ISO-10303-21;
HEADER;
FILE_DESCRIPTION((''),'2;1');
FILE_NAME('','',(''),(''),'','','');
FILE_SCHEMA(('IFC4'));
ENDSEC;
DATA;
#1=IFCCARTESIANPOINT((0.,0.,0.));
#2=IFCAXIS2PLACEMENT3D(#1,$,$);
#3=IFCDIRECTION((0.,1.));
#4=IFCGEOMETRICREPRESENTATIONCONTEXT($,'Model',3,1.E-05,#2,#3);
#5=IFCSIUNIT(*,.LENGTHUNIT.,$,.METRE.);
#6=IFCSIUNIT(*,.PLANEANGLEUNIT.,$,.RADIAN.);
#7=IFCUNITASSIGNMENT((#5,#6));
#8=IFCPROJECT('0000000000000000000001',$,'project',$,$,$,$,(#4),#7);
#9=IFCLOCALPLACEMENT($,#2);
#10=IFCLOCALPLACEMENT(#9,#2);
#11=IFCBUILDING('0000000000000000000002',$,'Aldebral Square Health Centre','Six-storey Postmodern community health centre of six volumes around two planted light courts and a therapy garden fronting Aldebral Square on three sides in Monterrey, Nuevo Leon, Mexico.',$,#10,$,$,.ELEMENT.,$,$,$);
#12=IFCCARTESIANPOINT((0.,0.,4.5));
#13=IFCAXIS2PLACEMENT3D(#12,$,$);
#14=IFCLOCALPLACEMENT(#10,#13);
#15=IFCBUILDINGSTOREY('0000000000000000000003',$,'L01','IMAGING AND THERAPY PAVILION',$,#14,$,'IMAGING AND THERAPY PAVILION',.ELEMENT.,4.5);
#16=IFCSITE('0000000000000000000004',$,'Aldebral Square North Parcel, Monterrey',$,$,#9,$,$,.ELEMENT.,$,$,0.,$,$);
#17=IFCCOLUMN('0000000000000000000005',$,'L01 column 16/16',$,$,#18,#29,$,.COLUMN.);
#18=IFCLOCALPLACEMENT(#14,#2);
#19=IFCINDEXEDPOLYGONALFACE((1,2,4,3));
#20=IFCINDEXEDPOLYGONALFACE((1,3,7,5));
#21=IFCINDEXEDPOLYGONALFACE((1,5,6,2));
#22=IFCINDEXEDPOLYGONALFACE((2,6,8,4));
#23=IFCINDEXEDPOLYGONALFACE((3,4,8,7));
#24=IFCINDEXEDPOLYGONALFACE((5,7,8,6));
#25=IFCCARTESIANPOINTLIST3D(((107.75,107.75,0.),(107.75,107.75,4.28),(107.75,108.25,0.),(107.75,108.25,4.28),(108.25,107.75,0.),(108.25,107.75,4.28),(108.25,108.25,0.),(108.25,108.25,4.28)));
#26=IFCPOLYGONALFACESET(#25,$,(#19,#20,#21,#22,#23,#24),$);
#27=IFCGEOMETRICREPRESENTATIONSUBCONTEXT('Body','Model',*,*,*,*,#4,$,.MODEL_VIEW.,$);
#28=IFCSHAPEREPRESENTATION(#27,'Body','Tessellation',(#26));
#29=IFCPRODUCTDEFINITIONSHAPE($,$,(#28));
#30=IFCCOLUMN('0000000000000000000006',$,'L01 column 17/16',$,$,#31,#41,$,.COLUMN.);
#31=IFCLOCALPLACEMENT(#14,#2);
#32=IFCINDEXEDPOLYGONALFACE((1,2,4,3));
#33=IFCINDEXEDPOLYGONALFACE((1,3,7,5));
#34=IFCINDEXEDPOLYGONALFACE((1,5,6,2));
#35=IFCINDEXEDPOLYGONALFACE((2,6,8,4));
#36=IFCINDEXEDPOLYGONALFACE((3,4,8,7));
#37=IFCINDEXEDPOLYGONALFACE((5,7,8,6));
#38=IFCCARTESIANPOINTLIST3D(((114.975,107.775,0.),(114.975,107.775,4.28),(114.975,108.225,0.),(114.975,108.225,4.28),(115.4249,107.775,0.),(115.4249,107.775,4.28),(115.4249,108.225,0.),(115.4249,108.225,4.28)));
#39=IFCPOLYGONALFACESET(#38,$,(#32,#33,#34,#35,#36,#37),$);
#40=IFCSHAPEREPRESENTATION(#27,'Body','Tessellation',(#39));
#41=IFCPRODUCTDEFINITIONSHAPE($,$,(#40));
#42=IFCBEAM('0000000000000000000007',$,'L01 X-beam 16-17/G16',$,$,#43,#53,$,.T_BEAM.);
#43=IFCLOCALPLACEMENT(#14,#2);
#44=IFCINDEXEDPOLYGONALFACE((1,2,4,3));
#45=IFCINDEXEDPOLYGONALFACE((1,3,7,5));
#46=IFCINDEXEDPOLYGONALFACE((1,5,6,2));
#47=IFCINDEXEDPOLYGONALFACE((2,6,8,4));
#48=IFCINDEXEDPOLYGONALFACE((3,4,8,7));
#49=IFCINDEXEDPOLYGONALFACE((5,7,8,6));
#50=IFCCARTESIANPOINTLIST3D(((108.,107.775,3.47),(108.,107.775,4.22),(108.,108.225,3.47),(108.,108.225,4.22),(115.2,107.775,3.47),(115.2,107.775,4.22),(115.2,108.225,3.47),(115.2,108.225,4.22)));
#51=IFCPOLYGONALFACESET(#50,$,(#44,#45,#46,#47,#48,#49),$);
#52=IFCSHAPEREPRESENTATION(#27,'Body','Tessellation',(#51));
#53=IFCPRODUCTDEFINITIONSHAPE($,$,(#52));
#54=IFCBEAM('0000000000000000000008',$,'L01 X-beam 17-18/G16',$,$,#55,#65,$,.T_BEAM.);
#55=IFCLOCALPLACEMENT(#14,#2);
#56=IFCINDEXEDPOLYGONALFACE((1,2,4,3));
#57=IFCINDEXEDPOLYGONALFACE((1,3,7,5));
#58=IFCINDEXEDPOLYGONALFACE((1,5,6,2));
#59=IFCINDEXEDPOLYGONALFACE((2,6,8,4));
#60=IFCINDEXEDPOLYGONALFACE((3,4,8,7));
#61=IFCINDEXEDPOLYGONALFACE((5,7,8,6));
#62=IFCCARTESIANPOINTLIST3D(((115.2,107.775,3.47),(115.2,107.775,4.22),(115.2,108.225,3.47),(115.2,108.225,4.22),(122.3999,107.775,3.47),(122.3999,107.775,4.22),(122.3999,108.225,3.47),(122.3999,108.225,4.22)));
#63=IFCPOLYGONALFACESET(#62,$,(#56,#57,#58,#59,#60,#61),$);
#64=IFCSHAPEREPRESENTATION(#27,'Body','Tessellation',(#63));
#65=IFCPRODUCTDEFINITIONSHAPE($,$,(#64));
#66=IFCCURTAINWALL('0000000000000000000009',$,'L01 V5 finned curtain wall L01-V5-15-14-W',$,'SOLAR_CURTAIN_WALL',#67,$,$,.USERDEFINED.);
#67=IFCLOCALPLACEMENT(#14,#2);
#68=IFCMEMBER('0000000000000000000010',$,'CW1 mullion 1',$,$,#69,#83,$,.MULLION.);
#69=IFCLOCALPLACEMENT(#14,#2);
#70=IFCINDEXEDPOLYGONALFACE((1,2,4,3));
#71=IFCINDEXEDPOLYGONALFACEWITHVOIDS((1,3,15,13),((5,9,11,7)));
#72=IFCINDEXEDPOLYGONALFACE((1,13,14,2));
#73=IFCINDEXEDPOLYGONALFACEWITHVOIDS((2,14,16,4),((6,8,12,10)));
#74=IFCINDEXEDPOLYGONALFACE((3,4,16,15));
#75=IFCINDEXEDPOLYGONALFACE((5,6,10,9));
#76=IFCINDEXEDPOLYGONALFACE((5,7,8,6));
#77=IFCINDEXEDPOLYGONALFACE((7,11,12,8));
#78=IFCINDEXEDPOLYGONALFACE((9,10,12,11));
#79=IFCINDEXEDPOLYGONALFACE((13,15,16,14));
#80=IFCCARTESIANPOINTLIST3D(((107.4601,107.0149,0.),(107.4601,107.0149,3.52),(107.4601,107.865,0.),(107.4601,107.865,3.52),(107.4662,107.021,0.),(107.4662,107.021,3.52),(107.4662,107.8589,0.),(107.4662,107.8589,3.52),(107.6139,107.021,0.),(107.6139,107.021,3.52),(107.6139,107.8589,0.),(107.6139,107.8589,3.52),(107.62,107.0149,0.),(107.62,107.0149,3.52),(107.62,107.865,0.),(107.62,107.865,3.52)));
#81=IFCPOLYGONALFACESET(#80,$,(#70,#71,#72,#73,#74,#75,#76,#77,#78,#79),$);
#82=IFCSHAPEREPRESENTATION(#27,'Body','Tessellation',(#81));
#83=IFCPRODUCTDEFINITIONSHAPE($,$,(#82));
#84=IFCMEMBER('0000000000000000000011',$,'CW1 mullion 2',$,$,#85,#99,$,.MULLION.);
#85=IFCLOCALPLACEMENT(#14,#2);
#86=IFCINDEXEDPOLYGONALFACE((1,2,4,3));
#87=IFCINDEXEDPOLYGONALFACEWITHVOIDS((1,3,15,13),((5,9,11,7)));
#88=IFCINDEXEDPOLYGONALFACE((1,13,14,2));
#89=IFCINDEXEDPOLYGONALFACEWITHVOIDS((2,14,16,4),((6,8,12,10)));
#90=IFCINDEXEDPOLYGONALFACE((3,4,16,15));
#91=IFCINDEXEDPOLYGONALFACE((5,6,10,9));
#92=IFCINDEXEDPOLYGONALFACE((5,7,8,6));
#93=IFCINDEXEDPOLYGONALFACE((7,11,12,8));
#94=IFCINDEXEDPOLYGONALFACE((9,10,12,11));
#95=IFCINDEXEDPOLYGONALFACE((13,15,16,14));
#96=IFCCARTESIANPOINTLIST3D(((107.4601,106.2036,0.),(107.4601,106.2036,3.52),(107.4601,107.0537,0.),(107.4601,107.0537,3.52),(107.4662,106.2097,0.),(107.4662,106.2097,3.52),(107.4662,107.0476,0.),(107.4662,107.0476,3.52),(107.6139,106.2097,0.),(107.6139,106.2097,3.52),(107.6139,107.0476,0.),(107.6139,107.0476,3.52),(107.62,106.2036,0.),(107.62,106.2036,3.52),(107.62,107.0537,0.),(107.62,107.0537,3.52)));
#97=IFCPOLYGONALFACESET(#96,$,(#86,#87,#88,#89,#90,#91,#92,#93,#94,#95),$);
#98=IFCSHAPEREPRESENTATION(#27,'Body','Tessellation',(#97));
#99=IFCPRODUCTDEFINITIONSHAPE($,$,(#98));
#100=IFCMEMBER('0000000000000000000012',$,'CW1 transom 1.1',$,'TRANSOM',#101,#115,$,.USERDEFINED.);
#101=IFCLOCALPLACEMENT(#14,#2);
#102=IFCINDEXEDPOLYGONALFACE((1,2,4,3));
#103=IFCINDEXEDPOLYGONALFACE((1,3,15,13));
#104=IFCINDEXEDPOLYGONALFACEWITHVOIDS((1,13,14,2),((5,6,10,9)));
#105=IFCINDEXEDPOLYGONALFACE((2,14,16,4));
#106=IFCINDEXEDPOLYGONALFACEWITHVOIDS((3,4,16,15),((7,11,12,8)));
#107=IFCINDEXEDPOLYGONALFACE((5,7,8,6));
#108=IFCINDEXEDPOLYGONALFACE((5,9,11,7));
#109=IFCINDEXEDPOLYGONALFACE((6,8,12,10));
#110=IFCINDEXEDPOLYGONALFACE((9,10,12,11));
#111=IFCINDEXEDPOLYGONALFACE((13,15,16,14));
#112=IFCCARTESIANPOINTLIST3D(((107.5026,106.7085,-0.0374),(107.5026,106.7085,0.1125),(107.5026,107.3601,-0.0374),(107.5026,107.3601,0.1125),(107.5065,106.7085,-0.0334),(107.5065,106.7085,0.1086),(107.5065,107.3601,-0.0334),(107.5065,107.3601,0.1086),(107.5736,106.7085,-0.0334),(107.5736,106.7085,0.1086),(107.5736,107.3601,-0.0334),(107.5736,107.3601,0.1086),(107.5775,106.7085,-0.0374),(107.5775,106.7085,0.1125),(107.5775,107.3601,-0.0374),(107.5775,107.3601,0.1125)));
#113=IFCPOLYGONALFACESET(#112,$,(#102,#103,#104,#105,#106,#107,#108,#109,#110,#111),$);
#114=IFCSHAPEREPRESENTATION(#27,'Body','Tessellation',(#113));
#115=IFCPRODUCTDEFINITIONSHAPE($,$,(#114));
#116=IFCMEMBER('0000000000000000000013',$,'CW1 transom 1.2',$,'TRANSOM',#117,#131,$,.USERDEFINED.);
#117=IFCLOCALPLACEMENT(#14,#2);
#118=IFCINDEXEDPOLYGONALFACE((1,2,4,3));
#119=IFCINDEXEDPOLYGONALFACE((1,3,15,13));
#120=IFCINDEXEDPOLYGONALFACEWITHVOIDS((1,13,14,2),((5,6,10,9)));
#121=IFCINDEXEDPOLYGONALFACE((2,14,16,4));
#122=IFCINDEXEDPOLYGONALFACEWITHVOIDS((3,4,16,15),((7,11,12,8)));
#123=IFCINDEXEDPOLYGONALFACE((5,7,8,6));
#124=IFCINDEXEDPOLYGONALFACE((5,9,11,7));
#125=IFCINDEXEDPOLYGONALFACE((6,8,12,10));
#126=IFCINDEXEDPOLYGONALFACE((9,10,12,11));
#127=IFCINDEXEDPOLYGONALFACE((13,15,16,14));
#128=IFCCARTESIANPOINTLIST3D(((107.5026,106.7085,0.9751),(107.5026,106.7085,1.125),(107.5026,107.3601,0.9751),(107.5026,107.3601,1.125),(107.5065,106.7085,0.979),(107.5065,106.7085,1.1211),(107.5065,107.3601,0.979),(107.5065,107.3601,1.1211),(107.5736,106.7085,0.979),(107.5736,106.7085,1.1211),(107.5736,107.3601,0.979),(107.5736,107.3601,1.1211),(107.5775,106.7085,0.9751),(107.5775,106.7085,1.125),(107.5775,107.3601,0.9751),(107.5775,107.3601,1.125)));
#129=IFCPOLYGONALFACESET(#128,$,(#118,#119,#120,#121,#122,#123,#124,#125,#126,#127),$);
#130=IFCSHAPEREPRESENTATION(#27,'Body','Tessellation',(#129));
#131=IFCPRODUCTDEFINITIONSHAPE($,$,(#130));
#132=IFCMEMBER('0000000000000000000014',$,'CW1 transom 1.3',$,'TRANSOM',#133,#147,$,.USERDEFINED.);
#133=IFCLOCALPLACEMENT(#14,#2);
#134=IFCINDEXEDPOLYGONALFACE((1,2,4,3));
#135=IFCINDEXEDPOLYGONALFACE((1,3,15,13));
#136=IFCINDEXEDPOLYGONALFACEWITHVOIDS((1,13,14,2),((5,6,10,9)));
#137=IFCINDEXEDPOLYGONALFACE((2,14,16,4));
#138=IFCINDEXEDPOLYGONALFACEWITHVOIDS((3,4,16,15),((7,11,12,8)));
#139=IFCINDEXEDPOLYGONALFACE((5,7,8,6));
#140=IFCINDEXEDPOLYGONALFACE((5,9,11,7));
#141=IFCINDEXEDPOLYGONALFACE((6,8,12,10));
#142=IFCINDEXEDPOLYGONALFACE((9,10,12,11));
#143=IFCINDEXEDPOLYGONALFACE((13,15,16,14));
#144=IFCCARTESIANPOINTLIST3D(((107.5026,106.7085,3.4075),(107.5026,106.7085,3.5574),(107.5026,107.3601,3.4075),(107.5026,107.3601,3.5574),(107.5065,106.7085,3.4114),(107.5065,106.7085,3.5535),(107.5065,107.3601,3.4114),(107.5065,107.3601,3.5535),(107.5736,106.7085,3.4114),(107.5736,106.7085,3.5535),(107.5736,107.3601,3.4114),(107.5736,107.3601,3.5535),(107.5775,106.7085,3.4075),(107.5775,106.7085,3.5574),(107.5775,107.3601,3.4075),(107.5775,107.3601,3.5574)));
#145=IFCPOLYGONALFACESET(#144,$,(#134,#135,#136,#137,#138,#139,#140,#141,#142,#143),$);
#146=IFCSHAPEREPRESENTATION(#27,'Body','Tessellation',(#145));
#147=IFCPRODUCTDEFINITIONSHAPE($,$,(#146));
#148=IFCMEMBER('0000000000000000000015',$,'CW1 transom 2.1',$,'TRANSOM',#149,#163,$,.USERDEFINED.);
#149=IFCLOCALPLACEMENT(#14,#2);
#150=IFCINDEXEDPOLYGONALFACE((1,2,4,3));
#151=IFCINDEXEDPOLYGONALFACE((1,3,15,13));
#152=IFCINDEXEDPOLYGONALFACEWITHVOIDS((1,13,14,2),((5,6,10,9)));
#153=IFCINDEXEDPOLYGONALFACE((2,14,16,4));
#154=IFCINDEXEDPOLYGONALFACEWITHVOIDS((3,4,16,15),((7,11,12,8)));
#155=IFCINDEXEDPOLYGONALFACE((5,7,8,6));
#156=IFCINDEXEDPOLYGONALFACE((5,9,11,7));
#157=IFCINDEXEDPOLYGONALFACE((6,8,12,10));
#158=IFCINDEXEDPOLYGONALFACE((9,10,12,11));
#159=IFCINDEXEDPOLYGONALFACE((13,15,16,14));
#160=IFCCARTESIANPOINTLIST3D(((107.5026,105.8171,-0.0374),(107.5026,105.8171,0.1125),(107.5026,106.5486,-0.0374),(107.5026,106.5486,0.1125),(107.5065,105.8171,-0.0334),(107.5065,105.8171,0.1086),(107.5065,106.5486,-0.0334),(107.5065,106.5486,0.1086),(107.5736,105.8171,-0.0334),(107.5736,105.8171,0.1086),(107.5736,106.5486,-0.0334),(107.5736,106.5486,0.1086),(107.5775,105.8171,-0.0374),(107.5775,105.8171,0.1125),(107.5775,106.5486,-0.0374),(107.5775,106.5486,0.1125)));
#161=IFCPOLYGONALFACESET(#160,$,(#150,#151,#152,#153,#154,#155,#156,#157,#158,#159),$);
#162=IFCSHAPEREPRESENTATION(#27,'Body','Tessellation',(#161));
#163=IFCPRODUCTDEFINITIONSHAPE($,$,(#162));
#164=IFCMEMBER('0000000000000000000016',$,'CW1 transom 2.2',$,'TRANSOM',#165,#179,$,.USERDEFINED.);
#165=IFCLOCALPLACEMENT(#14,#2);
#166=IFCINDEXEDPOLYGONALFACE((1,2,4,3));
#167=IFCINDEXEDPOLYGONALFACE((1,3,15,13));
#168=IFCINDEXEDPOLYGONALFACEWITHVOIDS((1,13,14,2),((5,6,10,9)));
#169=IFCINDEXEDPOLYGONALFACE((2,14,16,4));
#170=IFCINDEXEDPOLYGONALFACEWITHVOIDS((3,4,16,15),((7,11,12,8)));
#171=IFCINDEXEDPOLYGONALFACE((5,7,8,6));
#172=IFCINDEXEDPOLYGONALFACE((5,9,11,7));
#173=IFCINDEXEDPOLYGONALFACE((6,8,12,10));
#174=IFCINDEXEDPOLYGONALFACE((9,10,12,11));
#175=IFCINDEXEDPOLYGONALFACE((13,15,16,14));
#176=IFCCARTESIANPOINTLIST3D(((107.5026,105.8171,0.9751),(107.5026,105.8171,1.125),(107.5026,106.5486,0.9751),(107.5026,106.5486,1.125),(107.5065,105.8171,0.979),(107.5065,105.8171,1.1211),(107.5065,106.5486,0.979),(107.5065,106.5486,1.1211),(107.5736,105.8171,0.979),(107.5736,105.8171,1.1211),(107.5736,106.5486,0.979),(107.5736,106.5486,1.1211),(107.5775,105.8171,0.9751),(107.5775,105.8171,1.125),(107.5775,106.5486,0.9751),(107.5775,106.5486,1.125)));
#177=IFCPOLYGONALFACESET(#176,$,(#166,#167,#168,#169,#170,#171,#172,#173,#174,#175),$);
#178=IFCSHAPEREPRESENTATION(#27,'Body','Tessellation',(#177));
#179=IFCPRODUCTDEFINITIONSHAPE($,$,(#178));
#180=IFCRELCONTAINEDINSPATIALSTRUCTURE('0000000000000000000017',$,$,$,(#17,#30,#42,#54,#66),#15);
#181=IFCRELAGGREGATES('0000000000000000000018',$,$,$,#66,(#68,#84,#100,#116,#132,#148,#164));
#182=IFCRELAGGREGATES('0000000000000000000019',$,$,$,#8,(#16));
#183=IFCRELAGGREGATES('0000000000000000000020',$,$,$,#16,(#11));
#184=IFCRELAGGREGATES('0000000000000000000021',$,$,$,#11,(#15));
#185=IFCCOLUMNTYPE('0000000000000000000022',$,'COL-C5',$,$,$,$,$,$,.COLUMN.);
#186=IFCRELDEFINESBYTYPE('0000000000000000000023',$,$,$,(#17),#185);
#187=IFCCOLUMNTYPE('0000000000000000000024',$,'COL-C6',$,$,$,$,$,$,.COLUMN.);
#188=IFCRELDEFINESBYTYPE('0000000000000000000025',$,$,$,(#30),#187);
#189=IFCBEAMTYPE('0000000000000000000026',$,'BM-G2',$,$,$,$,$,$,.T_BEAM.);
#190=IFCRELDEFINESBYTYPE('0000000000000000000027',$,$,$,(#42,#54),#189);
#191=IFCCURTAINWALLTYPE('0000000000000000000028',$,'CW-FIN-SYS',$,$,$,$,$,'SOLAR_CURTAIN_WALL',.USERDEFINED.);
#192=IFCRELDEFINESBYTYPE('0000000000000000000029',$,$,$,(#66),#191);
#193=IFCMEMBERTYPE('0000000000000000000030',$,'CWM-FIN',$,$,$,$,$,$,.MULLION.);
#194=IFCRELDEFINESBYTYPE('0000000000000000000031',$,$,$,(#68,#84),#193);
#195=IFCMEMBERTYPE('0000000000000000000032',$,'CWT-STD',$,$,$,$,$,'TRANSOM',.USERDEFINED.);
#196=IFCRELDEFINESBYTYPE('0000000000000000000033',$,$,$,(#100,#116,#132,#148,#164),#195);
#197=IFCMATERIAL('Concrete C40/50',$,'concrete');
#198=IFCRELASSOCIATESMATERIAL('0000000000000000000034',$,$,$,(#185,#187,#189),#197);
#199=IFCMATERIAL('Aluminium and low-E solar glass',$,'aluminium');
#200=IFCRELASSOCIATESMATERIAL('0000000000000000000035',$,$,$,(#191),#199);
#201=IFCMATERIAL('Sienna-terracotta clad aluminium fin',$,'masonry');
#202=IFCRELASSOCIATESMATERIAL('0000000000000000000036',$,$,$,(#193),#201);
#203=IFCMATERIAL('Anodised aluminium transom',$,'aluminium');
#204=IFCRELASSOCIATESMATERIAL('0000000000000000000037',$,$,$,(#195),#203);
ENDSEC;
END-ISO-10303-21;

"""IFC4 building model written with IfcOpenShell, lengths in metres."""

from ifc_helpers import new_model, si_unit, direction, frame, origin, origin_2d, place, context, subcontext, project, spatial, rectangle, hollow_rectangle, extrude, material, material_profile, profile_set, type_object, element, aggregate, save


model = new_model("IFC4")

# Units and contexts
model_context = context("Model", 3, precision=1e-05, world=origin(), true_north=direction((0.0, 1.0)))
body_context = subcontext(model_context, "Body", "Model", "MODEL_VIEW")
ifc_project = project(units=[si_unit("LENGTHUNIT", "METRE"), si_unit("PLANEANGLEUNIT", "RADIAN")], contexts=[model_context])

# Site, building, storey
site_placement = place(None, origin())
site = spatial("IfcSite", under=ifc_project, at=site_placement, Name="Aldebral Square North Parcel, Monterrey", CompositionType="ELEMENT", RefElevation=0.0)
building_placement = place(site_placement, origin())
building = spatial("IfcBuilding", under=site, at=building_placement, Name="Aldebral Square Health Centre", Description="Six-storey Postmodern community health centre of six volumes around two planted light courts and a therapy garden fronting Aldebral Square on three sides in Monterrey, Nuevo Leon, Mexico.", CompositionType="ELEMENT")
storey_placement = place(building_placement, frame((0.0, 0.0, 4.5)))
storey = spatial("IfcBuildingStorey", under=building, at=storey_placement, Name="L01", Description="IMAGING AND THERAPY PAVILION", LongName="IMAGING AND THERAPY PAVILION", CompositionType="ELEMENT", Elevation=4.5)

# Columns
ifc_material_1 = material(Name="Concrete C40/50", Category="concrete")
ifc_material_profile_1 = material_profile(ifc_material_1, rectangle(XDim=0.5, YDim=0.5, at=origin_2d()), Name="RC 500x500")
ifc_profile_set_1 = profile_set([ifc_material_profile_1], Name="Concrete C40/50")
column_type_1 = type_object("IfcColumnType", Name="COL-C5", PredefinedType="COLUMN", material=ifc_profile_set_1)
column_1_placement = place(storey_placement, frame((108.0, 108.0, 0.0), z_axis=(0.0, 0.0, 1.0), x_axis=(1.0, 0.0, 0.0)))
element("IfcColumn", 1, at=column_1_placement, inside=storey, type_object=column_type_1, Name="L01 column 16/16", PredefinedType="COLUMN", context=body_context, shape_type="SweptSolid", body=[
    extrude(rectangle(XDim=0.5, YDim=0.5, at=origin_2d()), origin(), (0.0, 0.0, 1.0), 4.28),
])
ifc_material_profile_2 = material_profile(ifc_material_1, rectangle(XDim=0.45, YDim=0.45, at=origin_2d()), Name="RC 450x450")
ifc_profile_set_2 = profile_set([ifc_material_profile_2], Name="Concrete C40/50")
column_type_2 = type_object("IfcColumnType", Name="COL-C6", PredefinedType="COLUMN", material=ifc_profile_set_2)
column_2_placement = place(storey_placement, frame((115.2, 108.0, 0.0), z_axis=(0.0, 0.0, 1.0), x_axis=(1.0, 0.0, 0.0)))
element("IfcColumn", 2, at=column_2_placement, inside=storey, type_object=column_type_2, Name="L01 column 17/16", PredefinedType="COLUMN", context=body_context, shape_type="SweptSolid", body=[
    extrude(rectangle(XDim=0.45, YDim=0.45, at=origin_2d()), origin(), (0.0, 0.0, 1.0), 4.28),
])

# Beams
ifc_material_profile_3 = material_profile(ifc_material_1, rectangle(XDim=0.45, YDim=0.75, at=origin_2d()), Name="RC 450x750")
ifc_profile_set_3 = profile_set([ifc_material_profile_3], Name="Concrete C40/50")
beam_type = type_object("IfcBeamType", Name="BM-G2", PredefinedType="T_BEAM", material=ifc_profile_set_3)
for number, where, z_axis, x_axis, name in (
    (3, (108.0, 108.0, 3.845), (1.0, 0.0, 0.0), (0.0, 1.0, 0.0), "L01 X-beam 16-17/G16"),
    (4, (115.2, 108.0, 3.845), (1.0, 0.0, 0.0), (0.0, 1.0, 0.0), "L01 X-beam 17-18/G16"),
):
    element("IfcBeam", number, at=place(storey_placement, frame(where, z_axis=z_axis, x_axis=x_axis)), inside=storey, type_object=beam_type, Name=name, PredefinedType="T_BEAM", context=body_context, shape_type="SweptSolid", body=[
        extrude(rectangle(XDim=0.45, YDim=0.75, at=origin_2d()), origin(), (0.0, 0.0, 1.0), 7.2),
    ])

# Curtain wall, members
ifc_material_2 = material(Name="Aluminium and low-E solar glass", Category="aluminium")
curtain_wall_type = type_object("IfcCurtainWallType", Name="CW-FIN-SYS", ElementType="SOLAR_CURTAIN_WALL", PredefinedType="USERDEFINED", material=ifc_material_2)
curtain_wall_placement = place(storey_placement, origin())
curtain_wall = element("IfcCurtainWall", 5, at=curtain_wall_placement, inside=storey, type_object=curtain_wall_type, Name="L01 V5 finned curtain wall L01-V5-15-14-W", ObjectType="SOLAR_CURTAIN_WALL", PredefinedType="USERDEFINED")
ifc_material_3 = material(Name="Sienna-terracotta clad aluminium fin", Category="masonry")
ifc_material_profile_4 = material_profile(ifc_material_3, hollow_rectangle(XDim=0.1599, YDim=0.8501, WallThickness=0.0061, at=origin_2d()), Name="FIN 160x850x6")
ifc_profile_set_4 = profile_set([ifc_material_profile_4], Name="Sienna-terracotta clad aluminium fin")
member_type_1 = type_object("IfcMemberType", Name="CWM-FIN", PredefinedType="MULLION", material=ifc_profile_set_4)
member_1_placement = place(storey_placement, frame((107.54, 107.4399, 0.0), z_axis=(0.0, 0.0, 1.0), x_axis=(1.0, 0.0, 0.0)))
member_1 = element("IfcMember", 6, at=member_1_placement, type_object=member_type_1, Name="CW1 mullion 1", PredefinedType="MULLION", context=body_context, shape_type="SweptSolid", body=[
    extrude(hollow_rectangle(XDim=0.1599, YDim=0.8501, WallThickness=0.0061, at=origin_2d()), origin(), (0.0, 0.0, 1.0), 3.52),
])
member_2_placement = place(storey_placement, frame((107.54, 106.6287, 0.0), z_axis=(0.0, 0.0, 1.0), x_axis=(1.0, 0.0, 0.0)))
member_2 = element("IfcMember", 7, at=member_2_placement, type_object=member_type_1, Name="CW1 mullion 2", PredefinedType="MULLION", context=body_context, shape_type="SweptSolid", body=[
    extrude(hollow_rectangle(XDim=0.1599, YDim=0.8501, WallThickness=0.0061, at=origin_2d()), origin(), (0.0, 0.0, 1.0), 3.52),
])
ifc_material_4 = material(Name="Anodised aluminium transom", Category="aluminium")
ifc_material_profile_5 = material_profile(ifc_material_4, hollow_rectangle(XDim=0.075, YDim=0.1499, WallThickness=0.0039, at=origin_2d()), Name="CWT 75x150x4")
ifc_profile_set_5 = profile_set([ifc_material_profile_5], Name="Anodised aluminium transom")
member_type_2 = type_object("IfcMemberType", Name="CWT-STD", ElementType="TRANSOM", PredefinedType="USERDEFINED", material=ifc_profile_set_5)
member_3_placement = place(storey_placement, frame((107.54, 107.3601, 0.0376), z_axis=(0.0, -1.0, 0.0), x_axis=(1.0, 0.0, 0.0)))
member_3 = element("IfcMember", 8, at=member_3_placement, type_object=member_type_2, Name="CW1 transom 1.1", ObjectType="TRANSOM", PredefinedType="USERDEFINED", context=body_context, shape_type="SweptSolid", body=[
    extrude(hollow_rectangle(XDim=0.075, YDim=0.1499, WallThickness=0.0039, at=origin_2d()), origin(), (0.0, 0.0, 1.0), 0.6516),
])
member_4_placement = place(storey_placement, frame((107.54, 107.3601, 1.05), z_axis=(0.0, -1.0, 0.0), x_axis=(1.0, 0.0, 0.0)))
member_4 = element("IfcMember", 9, at=member_4_placement, type_object=member_type_2, Name="CW1 transom 1.2", ObjectType="TRANSOM", PredefinedType="USERDEFINED", context=body_context, shape_type="SweptSolid", body=[
    extrude(hollow_rectangle(XDim=0.075, YDim=0.1499, WallThickness=0.0039, at=origin_2d()), origin(), (0.0, 0.0, 1.0), 0.6516),
])
member_5_placement = place(storey_placement, frame((107.54, 107.3601, 3.4824), z_axis=(0.0, -1.0, 0.0), x_axis=(1.0, 0.0, 0.0)))
member_5 = element("IfcMember", 10, at=member_5_placement, type_object=member_type_2, Name="CW1 transom 1.3", ObjectType="TRANSOM", PredefinedType="USERDEFINED", context=body_context, shape_type="SweptSolid", body=[
    extrude(hollow_rectangle(XDim=0.075, YDim=0.1499, WallThickness=0.0039, at=origin_2d()), origin(), (0.0, 0.0, 1.0), 0.6516),
])
member_6_placement = place(storey_placement, frame((107.54, 106.5486, 0.0376), z_axis=(0.0, -1.0, 0.0), x_axis=(1.0, 0.0, 0.0)))
member_6 = element("IfcMember", 11, at=member_6_placement, type_object=member_type_2, Name="CW1 transom 2.1", ObjectType="TRANSOM", PredefinedType="USERDEFINED", context=body_context, shape_type="SweptSolid", body=[
    extrude(hollow_rectangle(XDim=0.075, YDim=0.1499, WallThickness=0.0039, at=origin_2d()), origin(), (0.0, 0.0, 1.0), 0.7314),
])
member_7_placement = place(storey_placement, frame((107.54, 106.5486, 1.05), z_axis=(0.0, -1.0, 0.0), x_axis=(1.0, 0.0, 0.0)))
member_7 = element("IfcMember", 12, at=member_7_placement, type_object=member_type_2, Name="CW1 transom 2.2", ObjectType="TRANSOM", PredefinedType="USERDEFINED", context=body_context, shape_type="SweptSolid", body=[
    extrude(hollow_rectangle(XDim=0.075, YDim=0.1499, WallThickness=0.0039, at=origin_2d()), origin(), (0.0, 0.0, 1.0), 0.7314),
])
aggregate(curtain_wall, [member_1, member_2, member_3, member_4, member_5, member_6, member_7])

save(model, "model.ifc")
